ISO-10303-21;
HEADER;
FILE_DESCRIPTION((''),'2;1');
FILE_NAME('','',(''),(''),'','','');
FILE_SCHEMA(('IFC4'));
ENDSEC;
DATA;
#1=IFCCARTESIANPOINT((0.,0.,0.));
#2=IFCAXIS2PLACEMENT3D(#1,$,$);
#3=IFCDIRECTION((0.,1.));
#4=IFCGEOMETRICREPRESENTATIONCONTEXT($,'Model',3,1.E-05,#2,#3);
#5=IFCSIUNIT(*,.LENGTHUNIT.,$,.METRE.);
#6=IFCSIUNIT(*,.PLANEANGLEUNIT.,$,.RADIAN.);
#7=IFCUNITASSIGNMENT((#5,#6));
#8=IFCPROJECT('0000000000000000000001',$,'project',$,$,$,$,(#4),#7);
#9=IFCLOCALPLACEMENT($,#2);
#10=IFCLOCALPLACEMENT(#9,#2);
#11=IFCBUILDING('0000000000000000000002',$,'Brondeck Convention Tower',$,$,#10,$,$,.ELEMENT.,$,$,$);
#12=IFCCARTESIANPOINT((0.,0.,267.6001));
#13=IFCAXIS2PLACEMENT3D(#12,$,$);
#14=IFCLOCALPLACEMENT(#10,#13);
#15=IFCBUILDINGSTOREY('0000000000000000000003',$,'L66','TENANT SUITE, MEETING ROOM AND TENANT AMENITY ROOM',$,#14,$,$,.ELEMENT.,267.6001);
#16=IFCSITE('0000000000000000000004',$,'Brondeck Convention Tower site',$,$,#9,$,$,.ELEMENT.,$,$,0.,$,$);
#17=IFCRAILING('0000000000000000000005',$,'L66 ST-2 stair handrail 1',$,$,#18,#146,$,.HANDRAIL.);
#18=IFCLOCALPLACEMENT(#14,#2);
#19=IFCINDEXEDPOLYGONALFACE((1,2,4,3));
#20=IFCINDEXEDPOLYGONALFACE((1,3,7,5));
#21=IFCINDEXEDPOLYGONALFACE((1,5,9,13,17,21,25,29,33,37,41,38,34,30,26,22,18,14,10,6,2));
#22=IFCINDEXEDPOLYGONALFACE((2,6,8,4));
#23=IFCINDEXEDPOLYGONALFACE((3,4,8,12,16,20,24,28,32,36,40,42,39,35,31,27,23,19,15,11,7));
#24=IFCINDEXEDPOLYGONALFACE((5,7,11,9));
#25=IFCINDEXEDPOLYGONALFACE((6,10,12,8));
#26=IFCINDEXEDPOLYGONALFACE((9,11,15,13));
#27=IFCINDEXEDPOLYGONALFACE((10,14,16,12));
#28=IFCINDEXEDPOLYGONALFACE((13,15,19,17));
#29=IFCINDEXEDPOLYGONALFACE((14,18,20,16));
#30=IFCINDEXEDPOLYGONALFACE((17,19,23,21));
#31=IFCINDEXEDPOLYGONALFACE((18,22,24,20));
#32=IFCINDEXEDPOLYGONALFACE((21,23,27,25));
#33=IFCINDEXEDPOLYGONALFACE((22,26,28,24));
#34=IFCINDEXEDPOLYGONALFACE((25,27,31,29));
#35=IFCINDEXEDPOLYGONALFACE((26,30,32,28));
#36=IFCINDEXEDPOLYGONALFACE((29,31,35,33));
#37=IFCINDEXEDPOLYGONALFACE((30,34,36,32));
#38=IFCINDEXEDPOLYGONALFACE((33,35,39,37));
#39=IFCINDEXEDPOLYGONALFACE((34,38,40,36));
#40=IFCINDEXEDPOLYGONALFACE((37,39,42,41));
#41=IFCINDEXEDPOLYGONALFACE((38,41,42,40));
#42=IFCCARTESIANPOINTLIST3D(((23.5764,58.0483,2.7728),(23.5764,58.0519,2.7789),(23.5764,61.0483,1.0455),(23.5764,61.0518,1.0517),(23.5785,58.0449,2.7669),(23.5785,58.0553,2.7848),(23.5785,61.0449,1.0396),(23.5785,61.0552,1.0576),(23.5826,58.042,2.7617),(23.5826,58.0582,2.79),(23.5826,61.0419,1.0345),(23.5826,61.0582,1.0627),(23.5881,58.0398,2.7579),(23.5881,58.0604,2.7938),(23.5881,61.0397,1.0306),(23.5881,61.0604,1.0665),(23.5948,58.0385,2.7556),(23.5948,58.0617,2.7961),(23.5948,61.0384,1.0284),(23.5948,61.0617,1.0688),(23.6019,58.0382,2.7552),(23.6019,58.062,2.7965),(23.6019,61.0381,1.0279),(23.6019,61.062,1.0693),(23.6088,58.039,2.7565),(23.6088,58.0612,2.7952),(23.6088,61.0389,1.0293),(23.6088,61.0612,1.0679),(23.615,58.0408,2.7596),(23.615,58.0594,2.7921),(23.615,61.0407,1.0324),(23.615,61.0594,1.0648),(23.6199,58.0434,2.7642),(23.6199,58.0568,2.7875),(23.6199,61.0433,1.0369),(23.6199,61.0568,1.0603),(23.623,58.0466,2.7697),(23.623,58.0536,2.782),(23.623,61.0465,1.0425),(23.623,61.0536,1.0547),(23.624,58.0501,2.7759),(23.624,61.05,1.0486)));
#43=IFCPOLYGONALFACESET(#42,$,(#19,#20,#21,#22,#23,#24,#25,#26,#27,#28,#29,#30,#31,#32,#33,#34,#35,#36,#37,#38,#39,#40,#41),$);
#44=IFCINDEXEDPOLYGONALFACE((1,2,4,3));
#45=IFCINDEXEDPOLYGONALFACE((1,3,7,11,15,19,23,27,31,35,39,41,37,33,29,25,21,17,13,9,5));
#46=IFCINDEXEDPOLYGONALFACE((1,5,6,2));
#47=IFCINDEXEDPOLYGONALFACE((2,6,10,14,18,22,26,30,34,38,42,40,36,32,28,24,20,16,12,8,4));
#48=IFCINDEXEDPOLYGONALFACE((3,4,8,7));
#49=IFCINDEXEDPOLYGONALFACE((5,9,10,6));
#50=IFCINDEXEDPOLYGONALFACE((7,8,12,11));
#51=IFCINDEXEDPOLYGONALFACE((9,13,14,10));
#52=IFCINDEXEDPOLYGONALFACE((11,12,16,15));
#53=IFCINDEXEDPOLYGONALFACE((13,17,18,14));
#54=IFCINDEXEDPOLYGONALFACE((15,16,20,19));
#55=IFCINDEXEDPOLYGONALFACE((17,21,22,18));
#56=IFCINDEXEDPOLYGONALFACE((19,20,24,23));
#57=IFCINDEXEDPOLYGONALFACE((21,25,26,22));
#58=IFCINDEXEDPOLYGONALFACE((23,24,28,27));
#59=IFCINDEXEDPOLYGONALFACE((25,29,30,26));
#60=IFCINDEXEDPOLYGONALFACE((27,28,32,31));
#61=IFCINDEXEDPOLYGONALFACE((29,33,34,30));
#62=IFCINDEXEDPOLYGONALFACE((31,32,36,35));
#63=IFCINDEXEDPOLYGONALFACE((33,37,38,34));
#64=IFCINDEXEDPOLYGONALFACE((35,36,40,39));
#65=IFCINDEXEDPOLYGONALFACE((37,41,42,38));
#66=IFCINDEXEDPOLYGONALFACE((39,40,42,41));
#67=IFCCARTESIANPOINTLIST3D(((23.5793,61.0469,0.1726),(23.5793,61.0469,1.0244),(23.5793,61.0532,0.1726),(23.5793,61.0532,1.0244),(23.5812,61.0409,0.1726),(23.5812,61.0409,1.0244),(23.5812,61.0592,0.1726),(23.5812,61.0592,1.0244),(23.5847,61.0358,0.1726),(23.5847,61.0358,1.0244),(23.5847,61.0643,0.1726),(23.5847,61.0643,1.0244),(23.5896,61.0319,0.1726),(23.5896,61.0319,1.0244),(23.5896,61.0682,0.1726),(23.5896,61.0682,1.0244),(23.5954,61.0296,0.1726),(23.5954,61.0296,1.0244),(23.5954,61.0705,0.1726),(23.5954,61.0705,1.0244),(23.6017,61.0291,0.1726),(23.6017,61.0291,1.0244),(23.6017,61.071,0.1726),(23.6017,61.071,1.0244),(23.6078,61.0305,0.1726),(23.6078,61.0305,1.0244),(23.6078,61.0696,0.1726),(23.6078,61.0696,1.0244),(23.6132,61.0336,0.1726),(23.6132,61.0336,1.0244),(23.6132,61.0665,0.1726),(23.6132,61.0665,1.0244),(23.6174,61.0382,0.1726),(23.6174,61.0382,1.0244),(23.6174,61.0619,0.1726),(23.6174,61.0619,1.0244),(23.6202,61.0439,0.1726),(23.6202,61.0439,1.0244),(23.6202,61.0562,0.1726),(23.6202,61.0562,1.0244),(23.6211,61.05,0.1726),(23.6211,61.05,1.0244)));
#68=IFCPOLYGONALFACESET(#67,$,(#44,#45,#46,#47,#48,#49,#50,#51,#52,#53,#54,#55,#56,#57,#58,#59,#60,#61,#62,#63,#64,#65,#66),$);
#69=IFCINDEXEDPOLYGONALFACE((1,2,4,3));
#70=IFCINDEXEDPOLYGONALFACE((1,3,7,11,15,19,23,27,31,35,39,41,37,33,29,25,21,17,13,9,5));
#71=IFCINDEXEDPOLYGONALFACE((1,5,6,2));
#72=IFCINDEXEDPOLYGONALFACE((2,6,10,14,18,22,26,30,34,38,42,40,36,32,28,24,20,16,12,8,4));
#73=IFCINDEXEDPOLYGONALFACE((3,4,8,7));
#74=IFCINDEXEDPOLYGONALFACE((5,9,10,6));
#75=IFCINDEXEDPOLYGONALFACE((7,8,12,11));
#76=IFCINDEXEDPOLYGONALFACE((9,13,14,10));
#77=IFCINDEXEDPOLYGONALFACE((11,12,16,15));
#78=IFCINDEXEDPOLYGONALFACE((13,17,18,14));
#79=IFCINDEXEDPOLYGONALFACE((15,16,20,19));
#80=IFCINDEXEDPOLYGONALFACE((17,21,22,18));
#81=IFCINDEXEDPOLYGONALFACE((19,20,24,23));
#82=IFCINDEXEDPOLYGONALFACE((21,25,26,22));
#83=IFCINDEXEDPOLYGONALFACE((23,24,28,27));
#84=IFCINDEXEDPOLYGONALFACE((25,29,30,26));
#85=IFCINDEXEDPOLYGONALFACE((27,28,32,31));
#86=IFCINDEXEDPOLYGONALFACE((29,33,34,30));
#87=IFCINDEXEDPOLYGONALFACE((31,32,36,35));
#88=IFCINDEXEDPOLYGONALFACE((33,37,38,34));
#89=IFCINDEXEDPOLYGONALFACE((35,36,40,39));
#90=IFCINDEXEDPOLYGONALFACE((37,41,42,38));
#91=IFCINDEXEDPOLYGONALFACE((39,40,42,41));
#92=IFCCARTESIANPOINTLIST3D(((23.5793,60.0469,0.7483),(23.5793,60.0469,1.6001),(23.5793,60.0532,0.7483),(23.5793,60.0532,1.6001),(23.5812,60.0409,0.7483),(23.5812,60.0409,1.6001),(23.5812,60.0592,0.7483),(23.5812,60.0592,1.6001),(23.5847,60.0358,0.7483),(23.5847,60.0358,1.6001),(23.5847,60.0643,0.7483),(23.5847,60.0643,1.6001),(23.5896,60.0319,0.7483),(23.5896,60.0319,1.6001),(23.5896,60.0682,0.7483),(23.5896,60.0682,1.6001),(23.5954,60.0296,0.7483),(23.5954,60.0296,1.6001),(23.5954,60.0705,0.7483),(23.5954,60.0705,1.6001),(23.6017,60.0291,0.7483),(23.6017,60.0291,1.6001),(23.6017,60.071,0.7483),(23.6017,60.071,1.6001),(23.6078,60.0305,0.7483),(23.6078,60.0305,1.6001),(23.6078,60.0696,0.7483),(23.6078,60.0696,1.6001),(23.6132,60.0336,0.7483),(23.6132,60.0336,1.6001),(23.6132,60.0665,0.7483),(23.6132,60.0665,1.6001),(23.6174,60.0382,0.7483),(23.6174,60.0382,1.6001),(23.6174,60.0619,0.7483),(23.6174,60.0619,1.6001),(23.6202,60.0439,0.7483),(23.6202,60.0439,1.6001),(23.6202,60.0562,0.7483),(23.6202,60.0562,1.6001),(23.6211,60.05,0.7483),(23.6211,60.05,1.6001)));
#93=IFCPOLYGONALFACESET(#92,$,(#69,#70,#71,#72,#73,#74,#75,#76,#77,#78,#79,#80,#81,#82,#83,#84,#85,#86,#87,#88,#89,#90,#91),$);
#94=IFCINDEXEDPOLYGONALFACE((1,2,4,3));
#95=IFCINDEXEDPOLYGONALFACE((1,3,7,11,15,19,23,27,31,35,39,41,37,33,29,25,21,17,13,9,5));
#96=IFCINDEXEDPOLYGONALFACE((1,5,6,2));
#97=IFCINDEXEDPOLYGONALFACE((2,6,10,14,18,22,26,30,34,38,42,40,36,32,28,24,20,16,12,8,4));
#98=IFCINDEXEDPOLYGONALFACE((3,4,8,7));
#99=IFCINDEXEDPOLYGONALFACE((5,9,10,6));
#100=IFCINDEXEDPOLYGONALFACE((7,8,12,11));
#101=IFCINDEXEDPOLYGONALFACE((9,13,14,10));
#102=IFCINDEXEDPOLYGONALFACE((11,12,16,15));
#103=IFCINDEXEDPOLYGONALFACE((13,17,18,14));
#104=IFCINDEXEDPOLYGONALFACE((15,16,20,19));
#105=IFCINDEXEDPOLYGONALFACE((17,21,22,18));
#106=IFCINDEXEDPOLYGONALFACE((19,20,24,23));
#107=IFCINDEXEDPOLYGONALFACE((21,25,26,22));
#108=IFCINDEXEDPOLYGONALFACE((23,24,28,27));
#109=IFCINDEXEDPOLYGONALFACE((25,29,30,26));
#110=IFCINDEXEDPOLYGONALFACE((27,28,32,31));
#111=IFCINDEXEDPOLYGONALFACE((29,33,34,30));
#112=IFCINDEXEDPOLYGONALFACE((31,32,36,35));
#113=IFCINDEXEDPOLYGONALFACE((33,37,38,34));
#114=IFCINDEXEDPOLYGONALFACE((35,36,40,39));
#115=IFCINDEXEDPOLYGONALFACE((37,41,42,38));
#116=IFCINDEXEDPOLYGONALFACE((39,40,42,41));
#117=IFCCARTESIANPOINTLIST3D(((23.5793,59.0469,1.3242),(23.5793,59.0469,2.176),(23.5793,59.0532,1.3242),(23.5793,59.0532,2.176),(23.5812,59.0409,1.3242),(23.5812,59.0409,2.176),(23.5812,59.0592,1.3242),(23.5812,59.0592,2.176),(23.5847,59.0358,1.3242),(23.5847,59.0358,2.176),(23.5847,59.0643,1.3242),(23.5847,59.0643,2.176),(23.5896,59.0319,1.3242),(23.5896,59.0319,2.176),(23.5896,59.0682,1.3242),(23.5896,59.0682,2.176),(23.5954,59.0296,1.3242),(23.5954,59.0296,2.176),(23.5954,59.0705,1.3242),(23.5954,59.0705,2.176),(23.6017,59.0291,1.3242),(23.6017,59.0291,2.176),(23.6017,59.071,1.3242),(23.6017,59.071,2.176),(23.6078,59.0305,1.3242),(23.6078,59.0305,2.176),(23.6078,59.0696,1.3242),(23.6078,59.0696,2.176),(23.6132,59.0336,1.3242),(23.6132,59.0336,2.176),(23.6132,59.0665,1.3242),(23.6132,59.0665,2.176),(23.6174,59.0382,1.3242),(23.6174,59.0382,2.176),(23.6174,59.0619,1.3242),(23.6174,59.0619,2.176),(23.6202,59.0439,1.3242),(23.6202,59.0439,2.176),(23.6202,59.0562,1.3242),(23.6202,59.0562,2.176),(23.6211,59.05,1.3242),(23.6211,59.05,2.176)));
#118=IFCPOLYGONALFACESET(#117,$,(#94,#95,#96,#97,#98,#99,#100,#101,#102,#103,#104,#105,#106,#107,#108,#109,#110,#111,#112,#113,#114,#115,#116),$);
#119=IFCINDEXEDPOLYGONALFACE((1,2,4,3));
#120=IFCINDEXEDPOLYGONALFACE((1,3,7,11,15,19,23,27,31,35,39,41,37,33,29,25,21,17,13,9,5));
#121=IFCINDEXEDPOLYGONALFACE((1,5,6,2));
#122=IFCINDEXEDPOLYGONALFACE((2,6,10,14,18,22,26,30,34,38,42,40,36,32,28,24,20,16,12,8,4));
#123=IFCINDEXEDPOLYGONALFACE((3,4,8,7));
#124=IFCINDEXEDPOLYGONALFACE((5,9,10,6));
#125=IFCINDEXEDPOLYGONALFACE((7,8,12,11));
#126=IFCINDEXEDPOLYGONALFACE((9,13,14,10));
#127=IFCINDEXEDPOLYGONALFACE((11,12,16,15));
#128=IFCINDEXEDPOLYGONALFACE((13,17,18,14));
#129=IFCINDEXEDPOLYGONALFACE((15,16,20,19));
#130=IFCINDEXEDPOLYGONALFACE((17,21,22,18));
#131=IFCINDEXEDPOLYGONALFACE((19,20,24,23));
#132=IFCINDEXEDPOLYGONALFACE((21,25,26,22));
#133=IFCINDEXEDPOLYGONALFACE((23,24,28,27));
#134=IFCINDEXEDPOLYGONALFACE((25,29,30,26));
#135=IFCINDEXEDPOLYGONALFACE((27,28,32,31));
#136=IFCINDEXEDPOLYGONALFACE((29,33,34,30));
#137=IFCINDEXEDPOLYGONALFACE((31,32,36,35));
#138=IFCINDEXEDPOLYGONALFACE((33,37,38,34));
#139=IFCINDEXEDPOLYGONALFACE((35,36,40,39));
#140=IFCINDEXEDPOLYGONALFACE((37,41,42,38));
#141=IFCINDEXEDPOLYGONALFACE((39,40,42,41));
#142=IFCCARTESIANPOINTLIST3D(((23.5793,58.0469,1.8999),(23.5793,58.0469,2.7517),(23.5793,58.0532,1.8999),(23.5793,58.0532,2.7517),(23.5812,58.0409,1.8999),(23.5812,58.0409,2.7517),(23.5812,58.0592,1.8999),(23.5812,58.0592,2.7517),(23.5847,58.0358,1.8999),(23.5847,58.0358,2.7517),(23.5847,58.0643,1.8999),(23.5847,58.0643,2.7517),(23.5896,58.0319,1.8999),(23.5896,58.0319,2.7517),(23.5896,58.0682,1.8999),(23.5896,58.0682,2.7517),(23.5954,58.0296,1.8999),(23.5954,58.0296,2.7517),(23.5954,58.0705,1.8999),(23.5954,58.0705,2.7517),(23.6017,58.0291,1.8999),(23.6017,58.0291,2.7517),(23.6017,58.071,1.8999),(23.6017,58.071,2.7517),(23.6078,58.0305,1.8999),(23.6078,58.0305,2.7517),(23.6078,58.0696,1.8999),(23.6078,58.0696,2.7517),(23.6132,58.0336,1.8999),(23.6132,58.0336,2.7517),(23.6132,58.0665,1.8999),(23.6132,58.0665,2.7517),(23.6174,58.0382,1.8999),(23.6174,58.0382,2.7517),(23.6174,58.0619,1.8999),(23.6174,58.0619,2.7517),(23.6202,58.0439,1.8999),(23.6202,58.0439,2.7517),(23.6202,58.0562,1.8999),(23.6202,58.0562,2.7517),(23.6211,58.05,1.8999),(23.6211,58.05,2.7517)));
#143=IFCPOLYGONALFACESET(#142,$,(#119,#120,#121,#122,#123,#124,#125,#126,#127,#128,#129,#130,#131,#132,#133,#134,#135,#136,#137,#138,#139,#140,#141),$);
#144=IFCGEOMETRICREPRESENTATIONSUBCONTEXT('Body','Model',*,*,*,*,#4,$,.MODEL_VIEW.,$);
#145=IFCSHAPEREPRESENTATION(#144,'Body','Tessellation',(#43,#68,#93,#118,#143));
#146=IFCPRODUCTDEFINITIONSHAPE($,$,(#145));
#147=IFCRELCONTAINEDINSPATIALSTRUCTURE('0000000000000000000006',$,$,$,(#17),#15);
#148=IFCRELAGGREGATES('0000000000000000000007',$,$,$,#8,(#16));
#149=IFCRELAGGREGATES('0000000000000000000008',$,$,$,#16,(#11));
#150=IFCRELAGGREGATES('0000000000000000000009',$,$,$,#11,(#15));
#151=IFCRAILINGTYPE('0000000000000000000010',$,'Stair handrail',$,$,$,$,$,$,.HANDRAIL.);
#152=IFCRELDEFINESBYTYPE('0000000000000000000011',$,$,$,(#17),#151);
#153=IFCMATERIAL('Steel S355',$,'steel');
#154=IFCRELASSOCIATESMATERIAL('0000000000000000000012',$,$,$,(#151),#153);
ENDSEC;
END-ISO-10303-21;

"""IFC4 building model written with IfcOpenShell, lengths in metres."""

from ifc_helpers import new_model, si_unit, direction, frame, origin, origin_2d, place, context, subcontext, project, spatial, circle, extrude, material, type_object, element, save


model = new_model("IFC4")

# Units and contexts
model_context = context("Model", 3, precision=1e-05, world=origin(), true_north=direction((0.0, 1.0)))
body_context = subcontext(model_context, "Body", "Model", "MODEL_VIEW")
ifc_project = project(units=[si_unit("LENGTHUNIT", "METRE"), si_unit("PLANEANGLEUNIT", "RADIAN")], contexts=[model_context])

# Site, building, storey
site_placement = place(None, origin())
site = spatial("IfcSite", under=ifc_project, at=site_placement, Name="Brondeck Convention Tower site", CompositionType="ELEMENT", RefElevation=0.0)
building_placement = place(site_placement, origin())
building = spatial("IfcBuilding", under=site, at=building_placement, Name="Brondeck Convention Tower", CompositionType="ELEMENT")
storey_placement = place(building_placement, frame((0.0, 0.0, 267.6001)))
storey = spatial("IfcBuildingStorey", under=building, at=storey_placement, Name="L66", Description="TENANT SUITE, MEETING ROOM AND TENANT AMENITY ROOM", CompositionType="ELEMENT", Elevation=267.6001)

# Railing
ifc_material_1 = material(Name="Steel S355", Category="steel")
railing_type_1 = type_object("IfcRailingType", Name="Stair handrail", PredefinedType="HANDRAIL", material=ifc_material_1)
railing_1_placement = place(storey_placement, frame((23.6001, 61.05, 0.1726)))
element("IfcRailing", 1, at=railing_1_placement, inside=storey, type_object=railing_type_1, Name="L66 ST-2 stair handrail 1", PredefinedType="HANDRAIL", context=body_context, shape_type="SweptSolid", body=[
    extrude(circle(Radius=0.0239, at=origin_2d()), frame((0.0, 0.0, 0.876), z_axis=(0.0, -0.86662, 0.498969), x_axis=(1.0, 0.0, 0.0)), (0.0, 0.0, 1.0), 3.4617),
    extrude(circle(Radius=0.021, at=origin_2d()), origin(), (0.0, 0.0, 1.0), 0.8518),
    extrude(circle(Radius=0.021, at=origin_2d()), frame((0.0, -1.0, 0.5757)), (0.0, 0.0, 1.0), 0.8518),
    extrude(circle(Radius=0.021, at=origin_2d()), frame((0.0, -2.0, 1.1516)), (0.0, 0.0, 1.0), 0.8518),
    extrude(circle(Radius=0.021, at=origin_2d()), frame((0.0, -3.0, 1.7273)), (0.0, 0.0, 1.0), 0.8518),
])

save(model, "model.ifc")
